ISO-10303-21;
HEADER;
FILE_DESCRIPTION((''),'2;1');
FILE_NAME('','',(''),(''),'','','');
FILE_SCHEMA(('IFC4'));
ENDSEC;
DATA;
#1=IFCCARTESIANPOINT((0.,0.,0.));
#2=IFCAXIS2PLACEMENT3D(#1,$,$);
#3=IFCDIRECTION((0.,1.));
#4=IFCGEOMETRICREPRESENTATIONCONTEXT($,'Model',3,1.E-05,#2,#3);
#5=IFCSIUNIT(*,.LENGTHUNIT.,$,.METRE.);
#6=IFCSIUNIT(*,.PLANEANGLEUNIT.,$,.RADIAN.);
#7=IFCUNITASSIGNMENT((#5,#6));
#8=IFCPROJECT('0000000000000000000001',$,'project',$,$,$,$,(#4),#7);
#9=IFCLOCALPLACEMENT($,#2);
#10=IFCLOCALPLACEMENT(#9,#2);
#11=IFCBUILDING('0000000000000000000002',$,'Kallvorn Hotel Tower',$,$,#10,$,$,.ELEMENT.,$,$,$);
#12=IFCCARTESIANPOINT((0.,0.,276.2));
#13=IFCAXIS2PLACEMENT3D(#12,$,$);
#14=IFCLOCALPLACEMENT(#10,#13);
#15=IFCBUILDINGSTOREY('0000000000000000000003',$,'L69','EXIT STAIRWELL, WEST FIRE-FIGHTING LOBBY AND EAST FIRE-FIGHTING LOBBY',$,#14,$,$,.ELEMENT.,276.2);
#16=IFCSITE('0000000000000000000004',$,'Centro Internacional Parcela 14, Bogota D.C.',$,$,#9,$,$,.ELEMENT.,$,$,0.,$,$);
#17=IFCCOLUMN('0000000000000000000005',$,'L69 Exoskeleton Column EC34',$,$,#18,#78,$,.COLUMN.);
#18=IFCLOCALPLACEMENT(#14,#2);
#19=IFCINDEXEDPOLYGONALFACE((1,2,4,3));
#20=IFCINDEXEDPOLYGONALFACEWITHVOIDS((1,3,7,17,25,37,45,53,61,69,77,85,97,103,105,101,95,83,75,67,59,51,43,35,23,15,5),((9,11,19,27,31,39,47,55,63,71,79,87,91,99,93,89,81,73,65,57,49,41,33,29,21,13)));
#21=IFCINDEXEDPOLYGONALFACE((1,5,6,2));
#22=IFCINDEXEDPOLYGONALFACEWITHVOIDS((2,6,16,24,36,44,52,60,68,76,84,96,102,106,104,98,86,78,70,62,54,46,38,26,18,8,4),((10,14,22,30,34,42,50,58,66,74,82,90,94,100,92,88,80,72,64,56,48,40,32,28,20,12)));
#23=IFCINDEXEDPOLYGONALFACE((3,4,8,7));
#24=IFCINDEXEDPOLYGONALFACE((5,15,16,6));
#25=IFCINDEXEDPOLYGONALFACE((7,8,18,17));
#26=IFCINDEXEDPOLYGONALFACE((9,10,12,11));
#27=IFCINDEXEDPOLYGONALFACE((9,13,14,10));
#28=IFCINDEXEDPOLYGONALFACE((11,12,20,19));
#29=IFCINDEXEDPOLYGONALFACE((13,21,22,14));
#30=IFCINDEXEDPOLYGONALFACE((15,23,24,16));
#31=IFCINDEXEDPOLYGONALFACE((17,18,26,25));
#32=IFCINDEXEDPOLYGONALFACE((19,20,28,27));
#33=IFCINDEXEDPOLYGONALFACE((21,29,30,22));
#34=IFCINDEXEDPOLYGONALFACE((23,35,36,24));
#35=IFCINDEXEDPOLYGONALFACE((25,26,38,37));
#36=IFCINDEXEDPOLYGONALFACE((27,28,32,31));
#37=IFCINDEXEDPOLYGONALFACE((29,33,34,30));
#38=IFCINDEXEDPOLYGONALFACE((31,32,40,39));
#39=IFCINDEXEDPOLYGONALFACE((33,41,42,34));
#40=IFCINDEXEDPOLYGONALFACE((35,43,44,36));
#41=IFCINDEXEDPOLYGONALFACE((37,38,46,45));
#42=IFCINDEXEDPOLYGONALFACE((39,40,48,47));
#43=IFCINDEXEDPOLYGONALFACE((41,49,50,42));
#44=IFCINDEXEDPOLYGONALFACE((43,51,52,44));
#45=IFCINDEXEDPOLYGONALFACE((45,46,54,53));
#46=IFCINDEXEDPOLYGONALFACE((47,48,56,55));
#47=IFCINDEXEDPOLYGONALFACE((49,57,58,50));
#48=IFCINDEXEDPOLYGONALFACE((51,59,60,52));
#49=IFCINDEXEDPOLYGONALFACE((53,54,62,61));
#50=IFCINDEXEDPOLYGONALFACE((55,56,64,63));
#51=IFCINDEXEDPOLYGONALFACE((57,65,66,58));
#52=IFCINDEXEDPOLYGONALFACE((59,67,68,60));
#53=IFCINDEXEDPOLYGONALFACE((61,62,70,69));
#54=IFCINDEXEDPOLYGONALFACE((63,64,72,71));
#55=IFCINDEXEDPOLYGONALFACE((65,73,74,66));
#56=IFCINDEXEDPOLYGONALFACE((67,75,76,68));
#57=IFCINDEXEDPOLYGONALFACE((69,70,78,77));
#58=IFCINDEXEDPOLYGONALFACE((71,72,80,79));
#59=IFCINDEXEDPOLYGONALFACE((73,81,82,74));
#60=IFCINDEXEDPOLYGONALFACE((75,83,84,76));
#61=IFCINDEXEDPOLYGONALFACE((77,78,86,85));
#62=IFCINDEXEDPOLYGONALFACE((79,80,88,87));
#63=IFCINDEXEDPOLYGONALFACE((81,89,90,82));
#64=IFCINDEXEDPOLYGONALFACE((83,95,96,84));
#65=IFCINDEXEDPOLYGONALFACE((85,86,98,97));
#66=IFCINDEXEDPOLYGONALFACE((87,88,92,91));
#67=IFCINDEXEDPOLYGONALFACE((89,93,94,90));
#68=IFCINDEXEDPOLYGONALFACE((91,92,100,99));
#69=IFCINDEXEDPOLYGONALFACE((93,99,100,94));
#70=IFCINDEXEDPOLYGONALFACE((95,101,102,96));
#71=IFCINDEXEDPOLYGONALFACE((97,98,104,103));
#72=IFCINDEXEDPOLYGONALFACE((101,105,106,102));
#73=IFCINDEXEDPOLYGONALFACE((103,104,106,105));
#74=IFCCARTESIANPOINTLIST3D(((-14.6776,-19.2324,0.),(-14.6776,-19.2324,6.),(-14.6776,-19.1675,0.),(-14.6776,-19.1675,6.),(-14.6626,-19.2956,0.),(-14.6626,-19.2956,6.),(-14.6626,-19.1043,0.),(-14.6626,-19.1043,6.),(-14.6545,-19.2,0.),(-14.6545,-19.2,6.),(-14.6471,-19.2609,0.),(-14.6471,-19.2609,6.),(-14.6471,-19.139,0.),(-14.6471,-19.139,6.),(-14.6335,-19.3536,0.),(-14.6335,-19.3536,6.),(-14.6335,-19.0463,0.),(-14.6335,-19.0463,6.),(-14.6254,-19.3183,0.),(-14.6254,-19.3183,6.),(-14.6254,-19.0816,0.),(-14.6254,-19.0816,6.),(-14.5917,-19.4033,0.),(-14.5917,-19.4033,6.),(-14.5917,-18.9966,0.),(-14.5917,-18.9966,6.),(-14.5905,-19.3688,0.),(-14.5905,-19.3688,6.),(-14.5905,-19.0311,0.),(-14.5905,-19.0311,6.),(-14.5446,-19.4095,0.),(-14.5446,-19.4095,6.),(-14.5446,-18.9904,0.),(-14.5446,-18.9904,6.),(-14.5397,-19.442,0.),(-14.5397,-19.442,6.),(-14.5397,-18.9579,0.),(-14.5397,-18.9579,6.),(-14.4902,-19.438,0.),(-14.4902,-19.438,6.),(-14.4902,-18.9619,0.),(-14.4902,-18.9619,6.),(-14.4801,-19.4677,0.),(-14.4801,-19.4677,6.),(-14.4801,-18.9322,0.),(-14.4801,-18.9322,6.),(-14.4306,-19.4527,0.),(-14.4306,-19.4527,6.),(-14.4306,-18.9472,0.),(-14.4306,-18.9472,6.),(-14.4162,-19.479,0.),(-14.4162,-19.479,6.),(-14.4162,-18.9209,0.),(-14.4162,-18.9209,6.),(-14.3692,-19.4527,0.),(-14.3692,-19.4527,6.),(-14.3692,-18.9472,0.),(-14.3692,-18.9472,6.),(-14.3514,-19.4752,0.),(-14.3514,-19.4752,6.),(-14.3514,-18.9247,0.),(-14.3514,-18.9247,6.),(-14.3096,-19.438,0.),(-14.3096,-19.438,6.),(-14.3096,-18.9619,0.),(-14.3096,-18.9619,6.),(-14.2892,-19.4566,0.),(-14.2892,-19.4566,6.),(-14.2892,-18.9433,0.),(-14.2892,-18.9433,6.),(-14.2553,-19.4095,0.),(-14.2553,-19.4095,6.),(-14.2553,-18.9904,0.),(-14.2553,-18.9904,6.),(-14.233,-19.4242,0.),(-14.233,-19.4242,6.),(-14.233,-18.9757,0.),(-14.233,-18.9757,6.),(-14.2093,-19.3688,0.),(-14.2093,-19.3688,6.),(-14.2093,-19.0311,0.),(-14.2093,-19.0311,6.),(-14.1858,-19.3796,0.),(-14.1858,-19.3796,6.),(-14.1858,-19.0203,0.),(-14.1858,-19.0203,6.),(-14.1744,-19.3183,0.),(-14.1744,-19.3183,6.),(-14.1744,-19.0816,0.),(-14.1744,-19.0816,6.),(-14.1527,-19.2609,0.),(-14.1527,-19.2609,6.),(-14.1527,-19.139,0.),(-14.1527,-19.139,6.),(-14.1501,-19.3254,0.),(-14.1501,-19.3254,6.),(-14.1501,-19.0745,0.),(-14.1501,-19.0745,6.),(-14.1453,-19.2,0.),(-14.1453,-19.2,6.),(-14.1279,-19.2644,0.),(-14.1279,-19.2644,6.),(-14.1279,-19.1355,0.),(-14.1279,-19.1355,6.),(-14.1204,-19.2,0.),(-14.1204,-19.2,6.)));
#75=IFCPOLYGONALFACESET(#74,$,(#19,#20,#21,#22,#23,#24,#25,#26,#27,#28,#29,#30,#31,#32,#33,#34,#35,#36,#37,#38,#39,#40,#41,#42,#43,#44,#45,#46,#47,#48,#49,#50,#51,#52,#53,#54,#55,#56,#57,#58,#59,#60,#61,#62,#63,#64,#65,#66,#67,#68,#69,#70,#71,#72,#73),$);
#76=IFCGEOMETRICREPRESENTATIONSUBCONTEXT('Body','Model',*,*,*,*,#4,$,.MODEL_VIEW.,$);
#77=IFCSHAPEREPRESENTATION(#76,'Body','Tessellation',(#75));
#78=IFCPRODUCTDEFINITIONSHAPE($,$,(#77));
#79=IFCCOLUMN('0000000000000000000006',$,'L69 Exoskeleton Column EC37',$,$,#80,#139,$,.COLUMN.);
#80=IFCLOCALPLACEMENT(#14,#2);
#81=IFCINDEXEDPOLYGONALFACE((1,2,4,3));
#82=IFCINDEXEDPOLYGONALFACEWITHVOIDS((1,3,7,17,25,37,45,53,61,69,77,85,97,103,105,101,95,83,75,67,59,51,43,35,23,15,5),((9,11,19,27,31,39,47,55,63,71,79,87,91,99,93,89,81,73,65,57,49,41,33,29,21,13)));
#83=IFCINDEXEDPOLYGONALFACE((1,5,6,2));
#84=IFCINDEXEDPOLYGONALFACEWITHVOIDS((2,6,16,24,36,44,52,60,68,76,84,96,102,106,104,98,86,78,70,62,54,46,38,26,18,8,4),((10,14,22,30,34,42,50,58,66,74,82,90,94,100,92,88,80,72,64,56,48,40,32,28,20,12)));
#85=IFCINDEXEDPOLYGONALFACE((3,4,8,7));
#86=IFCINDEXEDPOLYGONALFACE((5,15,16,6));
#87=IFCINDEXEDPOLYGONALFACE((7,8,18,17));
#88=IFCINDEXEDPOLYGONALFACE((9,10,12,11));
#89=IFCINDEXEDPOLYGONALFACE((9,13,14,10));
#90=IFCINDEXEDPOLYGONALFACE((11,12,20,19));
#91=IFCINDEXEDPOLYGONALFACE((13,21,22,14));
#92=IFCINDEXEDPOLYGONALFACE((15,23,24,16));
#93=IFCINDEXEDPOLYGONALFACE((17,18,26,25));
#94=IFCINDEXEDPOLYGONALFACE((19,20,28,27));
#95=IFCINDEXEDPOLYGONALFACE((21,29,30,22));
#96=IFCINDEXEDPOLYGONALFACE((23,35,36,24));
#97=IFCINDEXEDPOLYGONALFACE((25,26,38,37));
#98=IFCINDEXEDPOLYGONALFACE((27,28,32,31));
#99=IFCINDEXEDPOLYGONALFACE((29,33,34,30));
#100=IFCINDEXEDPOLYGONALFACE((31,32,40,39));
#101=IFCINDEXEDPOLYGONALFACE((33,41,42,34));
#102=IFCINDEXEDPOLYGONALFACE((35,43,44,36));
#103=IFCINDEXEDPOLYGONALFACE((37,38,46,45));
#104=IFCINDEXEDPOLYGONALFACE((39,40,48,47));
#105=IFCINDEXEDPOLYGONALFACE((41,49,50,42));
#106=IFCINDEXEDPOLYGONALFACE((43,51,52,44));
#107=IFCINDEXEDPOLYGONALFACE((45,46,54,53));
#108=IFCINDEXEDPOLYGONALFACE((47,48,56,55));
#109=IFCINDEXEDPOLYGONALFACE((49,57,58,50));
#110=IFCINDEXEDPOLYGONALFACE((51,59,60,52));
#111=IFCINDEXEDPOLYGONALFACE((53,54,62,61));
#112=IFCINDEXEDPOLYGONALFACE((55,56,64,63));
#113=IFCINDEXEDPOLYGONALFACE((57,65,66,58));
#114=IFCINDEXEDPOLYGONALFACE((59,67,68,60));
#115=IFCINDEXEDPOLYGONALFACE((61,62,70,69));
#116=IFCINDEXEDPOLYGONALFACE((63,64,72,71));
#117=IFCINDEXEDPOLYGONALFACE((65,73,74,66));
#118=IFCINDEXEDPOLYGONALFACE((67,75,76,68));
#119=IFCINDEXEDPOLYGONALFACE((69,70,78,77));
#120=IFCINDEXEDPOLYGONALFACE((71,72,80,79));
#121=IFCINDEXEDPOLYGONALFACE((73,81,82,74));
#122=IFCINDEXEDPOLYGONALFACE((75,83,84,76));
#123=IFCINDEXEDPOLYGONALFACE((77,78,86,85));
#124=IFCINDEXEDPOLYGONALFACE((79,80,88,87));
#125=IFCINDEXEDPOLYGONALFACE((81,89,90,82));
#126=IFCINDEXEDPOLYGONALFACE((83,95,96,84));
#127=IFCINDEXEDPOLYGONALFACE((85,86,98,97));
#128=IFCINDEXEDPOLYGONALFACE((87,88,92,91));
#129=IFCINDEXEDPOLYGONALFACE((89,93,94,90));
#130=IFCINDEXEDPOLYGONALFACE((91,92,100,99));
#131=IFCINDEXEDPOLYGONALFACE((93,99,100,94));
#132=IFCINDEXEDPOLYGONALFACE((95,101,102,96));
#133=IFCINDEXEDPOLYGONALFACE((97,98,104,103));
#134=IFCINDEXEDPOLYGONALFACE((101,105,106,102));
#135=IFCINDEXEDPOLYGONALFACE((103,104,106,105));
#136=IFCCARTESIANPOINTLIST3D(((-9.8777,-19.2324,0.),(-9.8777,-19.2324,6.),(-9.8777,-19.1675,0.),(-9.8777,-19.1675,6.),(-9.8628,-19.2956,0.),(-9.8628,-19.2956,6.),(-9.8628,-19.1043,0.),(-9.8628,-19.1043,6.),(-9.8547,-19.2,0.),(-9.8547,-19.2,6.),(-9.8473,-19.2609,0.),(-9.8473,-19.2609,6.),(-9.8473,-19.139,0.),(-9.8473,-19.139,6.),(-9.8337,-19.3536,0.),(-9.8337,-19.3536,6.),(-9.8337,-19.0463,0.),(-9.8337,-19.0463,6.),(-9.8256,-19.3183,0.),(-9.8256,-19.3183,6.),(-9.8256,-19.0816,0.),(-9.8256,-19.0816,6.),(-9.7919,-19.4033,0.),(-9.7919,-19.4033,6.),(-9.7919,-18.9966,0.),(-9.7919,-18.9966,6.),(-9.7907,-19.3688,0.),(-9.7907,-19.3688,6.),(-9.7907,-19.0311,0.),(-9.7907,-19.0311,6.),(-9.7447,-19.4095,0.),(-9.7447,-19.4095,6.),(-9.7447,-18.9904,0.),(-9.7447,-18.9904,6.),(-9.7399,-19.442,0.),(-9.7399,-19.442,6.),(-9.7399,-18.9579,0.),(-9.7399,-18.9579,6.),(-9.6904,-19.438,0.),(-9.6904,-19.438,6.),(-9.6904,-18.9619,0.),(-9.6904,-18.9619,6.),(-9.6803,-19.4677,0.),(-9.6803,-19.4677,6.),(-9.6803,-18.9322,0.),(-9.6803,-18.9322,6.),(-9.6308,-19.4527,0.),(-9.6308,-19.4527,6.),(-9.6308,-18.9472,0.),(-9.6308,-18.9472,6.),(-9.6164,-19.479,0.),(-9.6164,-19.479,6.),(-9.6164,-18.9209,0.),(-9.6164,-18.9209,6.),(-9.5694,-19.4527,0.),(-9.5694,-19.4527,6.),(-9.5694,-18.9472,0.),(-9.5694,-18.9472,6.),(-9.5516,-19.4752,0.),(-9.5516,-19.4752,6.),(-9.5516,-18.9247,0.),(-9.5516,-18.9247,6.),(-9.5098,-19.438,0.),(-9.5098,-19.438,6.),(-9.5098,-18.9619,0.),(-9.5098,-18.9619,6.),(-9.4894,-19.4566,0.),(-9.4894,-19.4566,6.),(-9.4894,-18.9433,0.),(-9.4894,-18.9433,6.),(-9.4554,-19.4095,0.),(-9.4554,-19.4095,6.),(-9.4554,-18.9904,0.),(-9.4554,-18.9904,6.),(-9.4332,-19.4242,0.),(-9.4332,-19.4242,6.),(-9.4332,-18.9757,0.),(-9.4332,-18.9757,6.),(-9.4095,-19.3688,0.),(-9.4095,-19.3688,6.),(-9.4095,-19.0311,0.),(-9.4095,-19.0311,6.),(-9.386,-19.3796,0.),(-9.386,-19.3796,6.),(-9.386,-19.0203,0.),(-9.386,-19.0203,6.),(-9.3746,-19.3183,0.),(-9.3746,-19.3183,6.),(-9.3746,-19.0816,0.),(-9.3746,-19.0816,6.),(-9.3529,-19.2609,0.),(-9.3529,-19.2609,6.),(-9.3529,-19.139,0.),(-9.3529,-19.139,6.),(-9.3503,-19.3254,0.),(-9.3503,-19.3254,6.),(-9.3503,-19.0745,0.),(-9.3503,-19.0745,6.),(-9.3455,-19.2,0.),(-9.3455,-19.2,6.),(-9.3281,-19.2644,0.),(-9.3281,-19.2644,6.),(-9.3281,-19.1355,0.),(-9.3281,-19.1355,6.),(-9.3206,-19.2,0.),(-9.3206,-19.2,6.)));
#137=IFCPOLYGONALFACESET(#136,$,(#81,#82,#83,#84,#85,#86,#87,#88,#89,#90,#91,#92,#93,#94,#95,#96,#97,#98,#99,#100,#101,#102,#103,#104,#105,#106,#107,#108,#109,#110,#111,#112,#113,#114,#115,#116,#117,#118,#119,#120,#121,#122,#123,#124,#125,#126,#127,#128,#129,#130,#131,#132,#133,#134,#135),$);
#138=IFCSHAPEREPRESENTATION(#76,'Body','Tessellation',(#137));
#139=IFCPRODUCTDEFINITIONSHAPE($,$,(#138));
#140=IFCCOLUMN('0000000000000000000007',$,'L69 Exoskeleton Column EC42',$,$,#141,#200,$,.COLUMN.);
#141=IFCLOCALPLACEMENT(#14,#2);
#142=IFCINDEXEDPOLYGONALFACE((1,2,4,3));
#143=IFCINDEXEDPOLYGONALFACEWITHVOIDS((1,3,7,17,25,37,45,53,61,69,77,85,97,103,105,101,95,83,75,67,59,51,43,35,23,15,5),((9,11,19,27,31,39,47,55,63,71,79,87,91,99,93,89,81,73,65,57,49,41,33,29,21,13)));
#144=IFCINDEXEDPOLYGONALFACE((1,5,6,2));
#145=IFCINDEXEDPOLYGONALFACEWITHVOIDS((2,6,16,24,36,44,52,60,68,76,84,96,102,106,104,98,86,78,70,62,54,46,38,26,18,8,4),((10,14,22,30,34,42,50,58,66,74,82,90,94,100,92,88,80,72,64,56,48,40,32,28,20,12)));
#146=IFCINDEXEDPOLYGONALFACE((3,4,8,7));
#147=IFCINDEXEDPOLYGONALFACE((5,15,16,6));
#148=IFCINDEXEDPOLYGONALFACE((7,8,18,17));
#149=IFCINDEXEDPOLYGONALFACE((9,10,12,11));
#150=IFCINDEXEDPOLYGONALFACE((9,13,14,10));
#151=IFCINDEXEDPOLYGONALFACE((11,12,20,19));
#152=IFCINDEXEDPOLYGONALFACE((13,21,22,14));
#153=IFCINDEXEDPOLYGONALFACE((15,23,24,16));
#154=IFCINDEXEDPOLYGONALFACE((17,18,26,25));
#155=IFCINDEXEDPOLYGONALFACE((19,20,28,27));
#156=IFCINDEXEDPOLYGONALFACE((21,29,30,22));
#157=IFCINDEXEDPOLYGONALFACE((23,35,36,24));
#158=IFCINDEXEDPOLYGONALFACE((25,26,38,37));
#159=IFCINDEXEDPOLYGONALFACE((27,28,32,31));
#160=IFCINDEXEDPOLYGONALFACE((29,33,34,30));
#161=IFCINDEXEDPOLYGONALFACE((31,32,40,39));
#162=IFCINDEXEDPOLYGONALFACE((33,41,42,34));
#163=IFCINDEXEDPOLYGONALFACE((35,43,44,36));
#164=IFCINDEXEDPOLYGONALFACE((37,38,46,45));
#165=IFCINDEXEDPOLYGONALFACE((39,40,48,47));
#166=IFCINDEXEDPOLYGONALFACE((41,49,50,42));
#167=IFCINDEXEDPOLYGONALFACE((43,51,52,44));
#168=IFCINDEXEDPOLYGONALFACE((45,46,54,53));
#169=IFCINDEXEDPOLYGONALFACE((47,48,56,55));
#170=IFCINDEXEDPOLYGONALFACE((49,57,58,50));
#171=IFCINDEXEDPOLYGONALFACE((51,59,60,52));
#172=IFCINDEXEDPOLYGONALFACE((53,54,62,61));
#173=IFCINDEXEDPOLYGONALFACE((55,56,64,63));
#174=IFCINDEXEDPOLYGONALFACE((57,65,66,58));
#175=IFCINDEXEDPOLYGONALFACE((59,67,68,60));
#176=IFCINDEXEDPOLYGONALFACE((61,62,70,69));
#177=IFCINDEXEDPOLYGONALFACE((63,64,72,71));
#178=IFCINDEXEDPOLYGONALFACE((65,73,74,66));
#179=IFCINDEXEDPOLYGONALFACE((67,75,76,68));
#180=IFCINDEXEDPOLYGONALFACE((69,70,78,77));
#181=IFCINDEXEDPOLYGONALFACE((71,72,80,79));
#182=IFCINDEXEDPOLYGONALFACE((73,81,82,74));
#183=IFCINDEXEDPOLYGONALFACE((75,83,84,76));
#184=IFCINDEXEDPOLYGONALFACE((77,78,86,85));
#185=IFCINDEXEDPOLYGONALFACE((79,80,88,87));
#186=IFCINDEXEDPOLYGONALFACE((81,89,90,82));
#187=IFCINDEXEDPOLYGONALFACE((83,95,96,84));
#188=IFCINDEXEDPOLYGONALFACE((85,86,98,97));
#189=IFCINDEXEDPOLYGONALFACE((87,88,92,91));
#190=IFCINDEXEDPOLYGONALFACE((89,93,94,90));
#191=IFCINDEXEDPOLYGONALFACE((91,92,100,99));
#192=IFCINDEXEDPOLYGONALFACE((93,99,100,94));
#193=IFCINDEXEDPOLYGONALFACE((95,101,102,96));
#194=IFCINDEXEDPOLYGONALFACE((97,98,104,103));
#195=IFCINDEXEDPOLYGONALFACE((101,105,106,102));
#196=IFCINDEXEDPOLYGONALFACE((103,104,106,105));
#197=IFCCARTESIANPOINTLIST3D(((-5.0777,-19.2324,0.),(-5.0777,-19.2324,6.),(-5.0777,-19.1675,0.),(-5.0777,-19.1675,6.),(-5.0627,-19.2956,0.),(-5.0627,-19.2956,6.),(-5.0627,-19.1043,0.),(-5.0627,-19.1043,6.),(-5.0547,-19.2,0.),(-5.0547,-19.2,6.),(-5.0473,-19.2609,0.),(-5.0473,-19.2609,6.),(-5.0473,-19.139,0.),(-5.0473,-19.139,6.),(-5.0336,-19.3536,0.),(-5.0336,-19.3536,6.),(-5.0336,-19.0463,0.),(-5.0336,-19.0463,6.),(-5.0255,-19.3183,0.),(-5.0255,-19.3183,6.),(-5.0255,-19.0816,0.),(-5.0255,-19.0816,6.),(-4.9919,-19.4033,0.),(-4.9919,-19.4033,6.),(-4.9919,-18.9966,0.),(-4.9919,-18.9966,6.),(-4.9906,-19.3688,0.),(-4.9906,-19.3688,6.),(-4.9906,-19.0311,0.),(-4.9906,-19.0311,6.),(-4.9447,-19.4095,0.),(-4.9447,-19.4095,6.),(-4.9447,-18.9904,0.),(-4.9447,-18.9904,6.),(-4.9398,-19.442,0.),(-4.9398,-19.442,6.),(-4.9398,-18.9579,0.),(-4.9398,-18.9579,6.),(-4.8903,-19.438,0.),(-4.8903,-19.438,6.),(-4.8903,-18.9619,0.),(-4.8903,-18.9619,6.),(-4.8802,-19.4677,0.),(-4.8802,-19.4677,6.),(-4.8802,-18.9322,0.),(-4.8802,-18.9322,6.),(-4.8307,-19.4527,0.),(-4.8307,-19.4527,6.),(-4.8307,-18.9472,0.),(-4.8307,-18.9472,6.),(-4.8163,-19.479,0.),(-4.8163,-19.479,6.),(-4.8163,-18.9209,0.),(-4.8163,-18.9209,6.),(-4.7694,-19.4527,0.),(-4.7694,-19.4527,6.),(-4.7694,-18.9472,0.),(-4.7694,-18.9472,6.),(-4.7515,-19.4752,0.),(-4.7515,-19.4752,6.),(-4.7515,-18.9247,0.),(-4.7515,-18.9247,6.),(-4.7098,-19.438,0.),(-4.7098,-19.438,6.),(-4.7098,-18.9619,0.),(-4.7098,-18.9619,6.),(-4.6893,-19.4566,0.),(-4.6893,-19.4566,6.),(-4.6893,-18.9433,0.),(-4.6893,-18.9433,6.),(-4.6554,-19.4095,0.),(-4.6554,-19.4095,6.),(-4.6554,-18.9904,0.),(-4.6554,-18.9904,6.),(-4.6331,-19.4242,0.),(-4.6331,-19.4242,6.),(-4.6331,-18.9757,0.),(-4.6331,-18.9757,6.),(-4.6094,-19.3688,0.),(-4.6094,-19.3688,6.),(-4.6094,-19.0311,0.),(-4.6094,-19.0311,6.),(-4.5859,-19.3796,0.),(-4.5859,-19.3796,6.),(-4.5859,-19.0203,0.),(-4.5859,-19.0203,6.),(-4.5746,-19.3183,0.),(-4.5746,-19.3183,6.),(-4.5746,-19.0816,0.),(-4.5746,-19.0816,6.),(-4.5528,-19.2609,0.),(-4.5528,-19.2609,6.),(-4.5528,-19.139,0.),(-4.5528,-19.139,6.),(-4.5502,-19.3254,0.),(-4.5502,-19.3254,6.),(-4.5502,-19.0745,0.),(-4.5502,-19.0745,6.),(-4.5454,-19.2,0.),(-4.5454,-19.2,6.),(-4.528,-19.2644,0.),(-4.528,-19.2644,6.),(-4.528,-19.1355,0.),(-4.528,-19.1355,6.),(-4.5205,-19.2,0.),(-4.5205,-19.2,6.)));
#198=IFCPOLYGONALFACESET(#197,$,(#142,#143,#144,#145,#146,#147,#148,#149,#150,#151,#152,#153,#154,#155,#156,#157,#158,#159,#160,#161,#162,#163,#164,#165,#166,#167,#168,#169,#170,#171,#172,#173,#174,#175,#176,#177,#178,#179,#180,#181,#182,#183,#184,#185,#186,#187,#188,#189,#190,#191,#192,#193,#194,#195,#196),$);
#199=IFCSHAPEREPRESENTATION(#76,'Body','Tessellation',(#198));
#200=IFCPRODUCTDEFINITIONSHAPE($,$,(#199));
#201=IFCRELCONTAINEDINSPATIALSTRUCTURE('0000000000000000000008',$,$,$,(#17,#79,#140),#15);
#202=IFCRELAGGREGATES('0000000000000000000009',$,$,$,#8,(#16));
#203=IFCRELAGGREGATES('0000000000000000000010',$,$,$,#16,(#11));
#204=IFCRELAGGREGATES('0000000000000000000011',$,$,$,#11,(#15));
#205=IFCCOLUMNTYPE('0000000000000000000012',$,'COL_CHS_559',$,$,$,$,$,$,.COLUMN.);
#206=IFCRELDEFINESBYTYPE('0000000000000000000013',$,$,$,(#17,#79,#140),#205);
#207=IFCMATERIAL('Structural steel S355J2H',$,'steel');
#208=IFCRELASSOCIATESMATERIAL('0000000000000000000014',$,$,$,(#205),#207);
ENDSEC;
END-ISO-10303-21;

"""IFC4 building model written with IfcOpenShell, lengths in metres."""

from ifc_helpers import new_model, si_unit, direction, frame, origin, origin_2d, place, context, subcontext, project, spatial, hollow_circle, extrude, material, material_profile, profile_set, type_object, element, save


model = new_model("IFC4")

# Units and contexts
model_context = context("Model", 3, precision=1e-05, world=origin(), true_north=direction((0.0, 1.0)))
body_context = subcontext(model_context, "Body", "Model", "MODEL_VIEW")
ifc_project = project(units=[si_unit("LENGTHUNIT", "METRE"), si_unit("PLANEANGLEUNIT", "RADIAN")], contexts=[model_context])

# Site, building, storey
site_placement = place(None, origin())
site = spatial("IfcSite", under=ifc_project, at=site_placement, Name="Centro Internacional Parcela 14, Bogota D.C.", CompositionType="ELEMENT", RefElevation=0.0)
building_placement = place(site_placement, origin())
building = spatial("IfcBuilding", under=site, at=building_placement, Name="Kallvorn Hotel Tower", CompositionType="ELEMENT")
storey_placement = place(building_placement, frame((0.0, 0.0, 276.2)))
storey = spatial("IfcBuildingStorey", under=building, at=storey_placement, Name="L69", Description="EXIT STAIRWELL, WEST FIRE-FIGHTING LOBBY AND EAST FIRE-FIGHTING LOBBY", CompositionType="ELEMENT", Elevation=276.2)

# Columns
ifc_material_1 = material(Name="Structural steel S355J2H", Category="steel")
ifc_material_profile_1 = material_profile(ifc_material_1, hollow_circle(Radius=0.2795, WallThickness=0.0249, at=origin_2d()), Name="CHS 559x25")
ifc_profile_set_1 = profile_set([ifc_material_profile_1], Name="Structural steel S355J2H")
column_type_1 = type_object("IfcColumnType", Name="COL_CHS_559", PredefinedType="COLUMN", material=ifc_profile_set_1)
for number, where, z_axis, x_axis, name in (
    (1, (-14.3999, -19.2, 0.0), (0.0, 0.0, 1.0), (1.0, 0.0, 0.0), "L69 Exoskeleton Column EC34"),
    (2, (-9.6001, -19.2, 0.0), (0.0, 0.0, 1.0), (1.0, 0.0, 0.0), "L69 Exoskeleton Column EC37"),
    (3, (-4.8, -19.2, 0.0), (0.0, 0.0, 1.0), (1.0, 0.0, 0.0), "L69 Exoskeleton Column EC42"),
):
    element("IfcColumn", number, at=place(storey_placement, frame(where, z_axis=z_axis, x_axis=x_axis)), inside=storey, type_object=column_type_1, Name=name, PredefinedType="COLUMN", context=body_context, shape_type="SweptSolid", body=[
        extrude(hollow_circle(Radius=0.2795, WallThickness=0.0249, at=origin_2d()), origin(), (0.0, 0.0, 1.0), 6.0),
    ])

save(model, "model.ifc")
